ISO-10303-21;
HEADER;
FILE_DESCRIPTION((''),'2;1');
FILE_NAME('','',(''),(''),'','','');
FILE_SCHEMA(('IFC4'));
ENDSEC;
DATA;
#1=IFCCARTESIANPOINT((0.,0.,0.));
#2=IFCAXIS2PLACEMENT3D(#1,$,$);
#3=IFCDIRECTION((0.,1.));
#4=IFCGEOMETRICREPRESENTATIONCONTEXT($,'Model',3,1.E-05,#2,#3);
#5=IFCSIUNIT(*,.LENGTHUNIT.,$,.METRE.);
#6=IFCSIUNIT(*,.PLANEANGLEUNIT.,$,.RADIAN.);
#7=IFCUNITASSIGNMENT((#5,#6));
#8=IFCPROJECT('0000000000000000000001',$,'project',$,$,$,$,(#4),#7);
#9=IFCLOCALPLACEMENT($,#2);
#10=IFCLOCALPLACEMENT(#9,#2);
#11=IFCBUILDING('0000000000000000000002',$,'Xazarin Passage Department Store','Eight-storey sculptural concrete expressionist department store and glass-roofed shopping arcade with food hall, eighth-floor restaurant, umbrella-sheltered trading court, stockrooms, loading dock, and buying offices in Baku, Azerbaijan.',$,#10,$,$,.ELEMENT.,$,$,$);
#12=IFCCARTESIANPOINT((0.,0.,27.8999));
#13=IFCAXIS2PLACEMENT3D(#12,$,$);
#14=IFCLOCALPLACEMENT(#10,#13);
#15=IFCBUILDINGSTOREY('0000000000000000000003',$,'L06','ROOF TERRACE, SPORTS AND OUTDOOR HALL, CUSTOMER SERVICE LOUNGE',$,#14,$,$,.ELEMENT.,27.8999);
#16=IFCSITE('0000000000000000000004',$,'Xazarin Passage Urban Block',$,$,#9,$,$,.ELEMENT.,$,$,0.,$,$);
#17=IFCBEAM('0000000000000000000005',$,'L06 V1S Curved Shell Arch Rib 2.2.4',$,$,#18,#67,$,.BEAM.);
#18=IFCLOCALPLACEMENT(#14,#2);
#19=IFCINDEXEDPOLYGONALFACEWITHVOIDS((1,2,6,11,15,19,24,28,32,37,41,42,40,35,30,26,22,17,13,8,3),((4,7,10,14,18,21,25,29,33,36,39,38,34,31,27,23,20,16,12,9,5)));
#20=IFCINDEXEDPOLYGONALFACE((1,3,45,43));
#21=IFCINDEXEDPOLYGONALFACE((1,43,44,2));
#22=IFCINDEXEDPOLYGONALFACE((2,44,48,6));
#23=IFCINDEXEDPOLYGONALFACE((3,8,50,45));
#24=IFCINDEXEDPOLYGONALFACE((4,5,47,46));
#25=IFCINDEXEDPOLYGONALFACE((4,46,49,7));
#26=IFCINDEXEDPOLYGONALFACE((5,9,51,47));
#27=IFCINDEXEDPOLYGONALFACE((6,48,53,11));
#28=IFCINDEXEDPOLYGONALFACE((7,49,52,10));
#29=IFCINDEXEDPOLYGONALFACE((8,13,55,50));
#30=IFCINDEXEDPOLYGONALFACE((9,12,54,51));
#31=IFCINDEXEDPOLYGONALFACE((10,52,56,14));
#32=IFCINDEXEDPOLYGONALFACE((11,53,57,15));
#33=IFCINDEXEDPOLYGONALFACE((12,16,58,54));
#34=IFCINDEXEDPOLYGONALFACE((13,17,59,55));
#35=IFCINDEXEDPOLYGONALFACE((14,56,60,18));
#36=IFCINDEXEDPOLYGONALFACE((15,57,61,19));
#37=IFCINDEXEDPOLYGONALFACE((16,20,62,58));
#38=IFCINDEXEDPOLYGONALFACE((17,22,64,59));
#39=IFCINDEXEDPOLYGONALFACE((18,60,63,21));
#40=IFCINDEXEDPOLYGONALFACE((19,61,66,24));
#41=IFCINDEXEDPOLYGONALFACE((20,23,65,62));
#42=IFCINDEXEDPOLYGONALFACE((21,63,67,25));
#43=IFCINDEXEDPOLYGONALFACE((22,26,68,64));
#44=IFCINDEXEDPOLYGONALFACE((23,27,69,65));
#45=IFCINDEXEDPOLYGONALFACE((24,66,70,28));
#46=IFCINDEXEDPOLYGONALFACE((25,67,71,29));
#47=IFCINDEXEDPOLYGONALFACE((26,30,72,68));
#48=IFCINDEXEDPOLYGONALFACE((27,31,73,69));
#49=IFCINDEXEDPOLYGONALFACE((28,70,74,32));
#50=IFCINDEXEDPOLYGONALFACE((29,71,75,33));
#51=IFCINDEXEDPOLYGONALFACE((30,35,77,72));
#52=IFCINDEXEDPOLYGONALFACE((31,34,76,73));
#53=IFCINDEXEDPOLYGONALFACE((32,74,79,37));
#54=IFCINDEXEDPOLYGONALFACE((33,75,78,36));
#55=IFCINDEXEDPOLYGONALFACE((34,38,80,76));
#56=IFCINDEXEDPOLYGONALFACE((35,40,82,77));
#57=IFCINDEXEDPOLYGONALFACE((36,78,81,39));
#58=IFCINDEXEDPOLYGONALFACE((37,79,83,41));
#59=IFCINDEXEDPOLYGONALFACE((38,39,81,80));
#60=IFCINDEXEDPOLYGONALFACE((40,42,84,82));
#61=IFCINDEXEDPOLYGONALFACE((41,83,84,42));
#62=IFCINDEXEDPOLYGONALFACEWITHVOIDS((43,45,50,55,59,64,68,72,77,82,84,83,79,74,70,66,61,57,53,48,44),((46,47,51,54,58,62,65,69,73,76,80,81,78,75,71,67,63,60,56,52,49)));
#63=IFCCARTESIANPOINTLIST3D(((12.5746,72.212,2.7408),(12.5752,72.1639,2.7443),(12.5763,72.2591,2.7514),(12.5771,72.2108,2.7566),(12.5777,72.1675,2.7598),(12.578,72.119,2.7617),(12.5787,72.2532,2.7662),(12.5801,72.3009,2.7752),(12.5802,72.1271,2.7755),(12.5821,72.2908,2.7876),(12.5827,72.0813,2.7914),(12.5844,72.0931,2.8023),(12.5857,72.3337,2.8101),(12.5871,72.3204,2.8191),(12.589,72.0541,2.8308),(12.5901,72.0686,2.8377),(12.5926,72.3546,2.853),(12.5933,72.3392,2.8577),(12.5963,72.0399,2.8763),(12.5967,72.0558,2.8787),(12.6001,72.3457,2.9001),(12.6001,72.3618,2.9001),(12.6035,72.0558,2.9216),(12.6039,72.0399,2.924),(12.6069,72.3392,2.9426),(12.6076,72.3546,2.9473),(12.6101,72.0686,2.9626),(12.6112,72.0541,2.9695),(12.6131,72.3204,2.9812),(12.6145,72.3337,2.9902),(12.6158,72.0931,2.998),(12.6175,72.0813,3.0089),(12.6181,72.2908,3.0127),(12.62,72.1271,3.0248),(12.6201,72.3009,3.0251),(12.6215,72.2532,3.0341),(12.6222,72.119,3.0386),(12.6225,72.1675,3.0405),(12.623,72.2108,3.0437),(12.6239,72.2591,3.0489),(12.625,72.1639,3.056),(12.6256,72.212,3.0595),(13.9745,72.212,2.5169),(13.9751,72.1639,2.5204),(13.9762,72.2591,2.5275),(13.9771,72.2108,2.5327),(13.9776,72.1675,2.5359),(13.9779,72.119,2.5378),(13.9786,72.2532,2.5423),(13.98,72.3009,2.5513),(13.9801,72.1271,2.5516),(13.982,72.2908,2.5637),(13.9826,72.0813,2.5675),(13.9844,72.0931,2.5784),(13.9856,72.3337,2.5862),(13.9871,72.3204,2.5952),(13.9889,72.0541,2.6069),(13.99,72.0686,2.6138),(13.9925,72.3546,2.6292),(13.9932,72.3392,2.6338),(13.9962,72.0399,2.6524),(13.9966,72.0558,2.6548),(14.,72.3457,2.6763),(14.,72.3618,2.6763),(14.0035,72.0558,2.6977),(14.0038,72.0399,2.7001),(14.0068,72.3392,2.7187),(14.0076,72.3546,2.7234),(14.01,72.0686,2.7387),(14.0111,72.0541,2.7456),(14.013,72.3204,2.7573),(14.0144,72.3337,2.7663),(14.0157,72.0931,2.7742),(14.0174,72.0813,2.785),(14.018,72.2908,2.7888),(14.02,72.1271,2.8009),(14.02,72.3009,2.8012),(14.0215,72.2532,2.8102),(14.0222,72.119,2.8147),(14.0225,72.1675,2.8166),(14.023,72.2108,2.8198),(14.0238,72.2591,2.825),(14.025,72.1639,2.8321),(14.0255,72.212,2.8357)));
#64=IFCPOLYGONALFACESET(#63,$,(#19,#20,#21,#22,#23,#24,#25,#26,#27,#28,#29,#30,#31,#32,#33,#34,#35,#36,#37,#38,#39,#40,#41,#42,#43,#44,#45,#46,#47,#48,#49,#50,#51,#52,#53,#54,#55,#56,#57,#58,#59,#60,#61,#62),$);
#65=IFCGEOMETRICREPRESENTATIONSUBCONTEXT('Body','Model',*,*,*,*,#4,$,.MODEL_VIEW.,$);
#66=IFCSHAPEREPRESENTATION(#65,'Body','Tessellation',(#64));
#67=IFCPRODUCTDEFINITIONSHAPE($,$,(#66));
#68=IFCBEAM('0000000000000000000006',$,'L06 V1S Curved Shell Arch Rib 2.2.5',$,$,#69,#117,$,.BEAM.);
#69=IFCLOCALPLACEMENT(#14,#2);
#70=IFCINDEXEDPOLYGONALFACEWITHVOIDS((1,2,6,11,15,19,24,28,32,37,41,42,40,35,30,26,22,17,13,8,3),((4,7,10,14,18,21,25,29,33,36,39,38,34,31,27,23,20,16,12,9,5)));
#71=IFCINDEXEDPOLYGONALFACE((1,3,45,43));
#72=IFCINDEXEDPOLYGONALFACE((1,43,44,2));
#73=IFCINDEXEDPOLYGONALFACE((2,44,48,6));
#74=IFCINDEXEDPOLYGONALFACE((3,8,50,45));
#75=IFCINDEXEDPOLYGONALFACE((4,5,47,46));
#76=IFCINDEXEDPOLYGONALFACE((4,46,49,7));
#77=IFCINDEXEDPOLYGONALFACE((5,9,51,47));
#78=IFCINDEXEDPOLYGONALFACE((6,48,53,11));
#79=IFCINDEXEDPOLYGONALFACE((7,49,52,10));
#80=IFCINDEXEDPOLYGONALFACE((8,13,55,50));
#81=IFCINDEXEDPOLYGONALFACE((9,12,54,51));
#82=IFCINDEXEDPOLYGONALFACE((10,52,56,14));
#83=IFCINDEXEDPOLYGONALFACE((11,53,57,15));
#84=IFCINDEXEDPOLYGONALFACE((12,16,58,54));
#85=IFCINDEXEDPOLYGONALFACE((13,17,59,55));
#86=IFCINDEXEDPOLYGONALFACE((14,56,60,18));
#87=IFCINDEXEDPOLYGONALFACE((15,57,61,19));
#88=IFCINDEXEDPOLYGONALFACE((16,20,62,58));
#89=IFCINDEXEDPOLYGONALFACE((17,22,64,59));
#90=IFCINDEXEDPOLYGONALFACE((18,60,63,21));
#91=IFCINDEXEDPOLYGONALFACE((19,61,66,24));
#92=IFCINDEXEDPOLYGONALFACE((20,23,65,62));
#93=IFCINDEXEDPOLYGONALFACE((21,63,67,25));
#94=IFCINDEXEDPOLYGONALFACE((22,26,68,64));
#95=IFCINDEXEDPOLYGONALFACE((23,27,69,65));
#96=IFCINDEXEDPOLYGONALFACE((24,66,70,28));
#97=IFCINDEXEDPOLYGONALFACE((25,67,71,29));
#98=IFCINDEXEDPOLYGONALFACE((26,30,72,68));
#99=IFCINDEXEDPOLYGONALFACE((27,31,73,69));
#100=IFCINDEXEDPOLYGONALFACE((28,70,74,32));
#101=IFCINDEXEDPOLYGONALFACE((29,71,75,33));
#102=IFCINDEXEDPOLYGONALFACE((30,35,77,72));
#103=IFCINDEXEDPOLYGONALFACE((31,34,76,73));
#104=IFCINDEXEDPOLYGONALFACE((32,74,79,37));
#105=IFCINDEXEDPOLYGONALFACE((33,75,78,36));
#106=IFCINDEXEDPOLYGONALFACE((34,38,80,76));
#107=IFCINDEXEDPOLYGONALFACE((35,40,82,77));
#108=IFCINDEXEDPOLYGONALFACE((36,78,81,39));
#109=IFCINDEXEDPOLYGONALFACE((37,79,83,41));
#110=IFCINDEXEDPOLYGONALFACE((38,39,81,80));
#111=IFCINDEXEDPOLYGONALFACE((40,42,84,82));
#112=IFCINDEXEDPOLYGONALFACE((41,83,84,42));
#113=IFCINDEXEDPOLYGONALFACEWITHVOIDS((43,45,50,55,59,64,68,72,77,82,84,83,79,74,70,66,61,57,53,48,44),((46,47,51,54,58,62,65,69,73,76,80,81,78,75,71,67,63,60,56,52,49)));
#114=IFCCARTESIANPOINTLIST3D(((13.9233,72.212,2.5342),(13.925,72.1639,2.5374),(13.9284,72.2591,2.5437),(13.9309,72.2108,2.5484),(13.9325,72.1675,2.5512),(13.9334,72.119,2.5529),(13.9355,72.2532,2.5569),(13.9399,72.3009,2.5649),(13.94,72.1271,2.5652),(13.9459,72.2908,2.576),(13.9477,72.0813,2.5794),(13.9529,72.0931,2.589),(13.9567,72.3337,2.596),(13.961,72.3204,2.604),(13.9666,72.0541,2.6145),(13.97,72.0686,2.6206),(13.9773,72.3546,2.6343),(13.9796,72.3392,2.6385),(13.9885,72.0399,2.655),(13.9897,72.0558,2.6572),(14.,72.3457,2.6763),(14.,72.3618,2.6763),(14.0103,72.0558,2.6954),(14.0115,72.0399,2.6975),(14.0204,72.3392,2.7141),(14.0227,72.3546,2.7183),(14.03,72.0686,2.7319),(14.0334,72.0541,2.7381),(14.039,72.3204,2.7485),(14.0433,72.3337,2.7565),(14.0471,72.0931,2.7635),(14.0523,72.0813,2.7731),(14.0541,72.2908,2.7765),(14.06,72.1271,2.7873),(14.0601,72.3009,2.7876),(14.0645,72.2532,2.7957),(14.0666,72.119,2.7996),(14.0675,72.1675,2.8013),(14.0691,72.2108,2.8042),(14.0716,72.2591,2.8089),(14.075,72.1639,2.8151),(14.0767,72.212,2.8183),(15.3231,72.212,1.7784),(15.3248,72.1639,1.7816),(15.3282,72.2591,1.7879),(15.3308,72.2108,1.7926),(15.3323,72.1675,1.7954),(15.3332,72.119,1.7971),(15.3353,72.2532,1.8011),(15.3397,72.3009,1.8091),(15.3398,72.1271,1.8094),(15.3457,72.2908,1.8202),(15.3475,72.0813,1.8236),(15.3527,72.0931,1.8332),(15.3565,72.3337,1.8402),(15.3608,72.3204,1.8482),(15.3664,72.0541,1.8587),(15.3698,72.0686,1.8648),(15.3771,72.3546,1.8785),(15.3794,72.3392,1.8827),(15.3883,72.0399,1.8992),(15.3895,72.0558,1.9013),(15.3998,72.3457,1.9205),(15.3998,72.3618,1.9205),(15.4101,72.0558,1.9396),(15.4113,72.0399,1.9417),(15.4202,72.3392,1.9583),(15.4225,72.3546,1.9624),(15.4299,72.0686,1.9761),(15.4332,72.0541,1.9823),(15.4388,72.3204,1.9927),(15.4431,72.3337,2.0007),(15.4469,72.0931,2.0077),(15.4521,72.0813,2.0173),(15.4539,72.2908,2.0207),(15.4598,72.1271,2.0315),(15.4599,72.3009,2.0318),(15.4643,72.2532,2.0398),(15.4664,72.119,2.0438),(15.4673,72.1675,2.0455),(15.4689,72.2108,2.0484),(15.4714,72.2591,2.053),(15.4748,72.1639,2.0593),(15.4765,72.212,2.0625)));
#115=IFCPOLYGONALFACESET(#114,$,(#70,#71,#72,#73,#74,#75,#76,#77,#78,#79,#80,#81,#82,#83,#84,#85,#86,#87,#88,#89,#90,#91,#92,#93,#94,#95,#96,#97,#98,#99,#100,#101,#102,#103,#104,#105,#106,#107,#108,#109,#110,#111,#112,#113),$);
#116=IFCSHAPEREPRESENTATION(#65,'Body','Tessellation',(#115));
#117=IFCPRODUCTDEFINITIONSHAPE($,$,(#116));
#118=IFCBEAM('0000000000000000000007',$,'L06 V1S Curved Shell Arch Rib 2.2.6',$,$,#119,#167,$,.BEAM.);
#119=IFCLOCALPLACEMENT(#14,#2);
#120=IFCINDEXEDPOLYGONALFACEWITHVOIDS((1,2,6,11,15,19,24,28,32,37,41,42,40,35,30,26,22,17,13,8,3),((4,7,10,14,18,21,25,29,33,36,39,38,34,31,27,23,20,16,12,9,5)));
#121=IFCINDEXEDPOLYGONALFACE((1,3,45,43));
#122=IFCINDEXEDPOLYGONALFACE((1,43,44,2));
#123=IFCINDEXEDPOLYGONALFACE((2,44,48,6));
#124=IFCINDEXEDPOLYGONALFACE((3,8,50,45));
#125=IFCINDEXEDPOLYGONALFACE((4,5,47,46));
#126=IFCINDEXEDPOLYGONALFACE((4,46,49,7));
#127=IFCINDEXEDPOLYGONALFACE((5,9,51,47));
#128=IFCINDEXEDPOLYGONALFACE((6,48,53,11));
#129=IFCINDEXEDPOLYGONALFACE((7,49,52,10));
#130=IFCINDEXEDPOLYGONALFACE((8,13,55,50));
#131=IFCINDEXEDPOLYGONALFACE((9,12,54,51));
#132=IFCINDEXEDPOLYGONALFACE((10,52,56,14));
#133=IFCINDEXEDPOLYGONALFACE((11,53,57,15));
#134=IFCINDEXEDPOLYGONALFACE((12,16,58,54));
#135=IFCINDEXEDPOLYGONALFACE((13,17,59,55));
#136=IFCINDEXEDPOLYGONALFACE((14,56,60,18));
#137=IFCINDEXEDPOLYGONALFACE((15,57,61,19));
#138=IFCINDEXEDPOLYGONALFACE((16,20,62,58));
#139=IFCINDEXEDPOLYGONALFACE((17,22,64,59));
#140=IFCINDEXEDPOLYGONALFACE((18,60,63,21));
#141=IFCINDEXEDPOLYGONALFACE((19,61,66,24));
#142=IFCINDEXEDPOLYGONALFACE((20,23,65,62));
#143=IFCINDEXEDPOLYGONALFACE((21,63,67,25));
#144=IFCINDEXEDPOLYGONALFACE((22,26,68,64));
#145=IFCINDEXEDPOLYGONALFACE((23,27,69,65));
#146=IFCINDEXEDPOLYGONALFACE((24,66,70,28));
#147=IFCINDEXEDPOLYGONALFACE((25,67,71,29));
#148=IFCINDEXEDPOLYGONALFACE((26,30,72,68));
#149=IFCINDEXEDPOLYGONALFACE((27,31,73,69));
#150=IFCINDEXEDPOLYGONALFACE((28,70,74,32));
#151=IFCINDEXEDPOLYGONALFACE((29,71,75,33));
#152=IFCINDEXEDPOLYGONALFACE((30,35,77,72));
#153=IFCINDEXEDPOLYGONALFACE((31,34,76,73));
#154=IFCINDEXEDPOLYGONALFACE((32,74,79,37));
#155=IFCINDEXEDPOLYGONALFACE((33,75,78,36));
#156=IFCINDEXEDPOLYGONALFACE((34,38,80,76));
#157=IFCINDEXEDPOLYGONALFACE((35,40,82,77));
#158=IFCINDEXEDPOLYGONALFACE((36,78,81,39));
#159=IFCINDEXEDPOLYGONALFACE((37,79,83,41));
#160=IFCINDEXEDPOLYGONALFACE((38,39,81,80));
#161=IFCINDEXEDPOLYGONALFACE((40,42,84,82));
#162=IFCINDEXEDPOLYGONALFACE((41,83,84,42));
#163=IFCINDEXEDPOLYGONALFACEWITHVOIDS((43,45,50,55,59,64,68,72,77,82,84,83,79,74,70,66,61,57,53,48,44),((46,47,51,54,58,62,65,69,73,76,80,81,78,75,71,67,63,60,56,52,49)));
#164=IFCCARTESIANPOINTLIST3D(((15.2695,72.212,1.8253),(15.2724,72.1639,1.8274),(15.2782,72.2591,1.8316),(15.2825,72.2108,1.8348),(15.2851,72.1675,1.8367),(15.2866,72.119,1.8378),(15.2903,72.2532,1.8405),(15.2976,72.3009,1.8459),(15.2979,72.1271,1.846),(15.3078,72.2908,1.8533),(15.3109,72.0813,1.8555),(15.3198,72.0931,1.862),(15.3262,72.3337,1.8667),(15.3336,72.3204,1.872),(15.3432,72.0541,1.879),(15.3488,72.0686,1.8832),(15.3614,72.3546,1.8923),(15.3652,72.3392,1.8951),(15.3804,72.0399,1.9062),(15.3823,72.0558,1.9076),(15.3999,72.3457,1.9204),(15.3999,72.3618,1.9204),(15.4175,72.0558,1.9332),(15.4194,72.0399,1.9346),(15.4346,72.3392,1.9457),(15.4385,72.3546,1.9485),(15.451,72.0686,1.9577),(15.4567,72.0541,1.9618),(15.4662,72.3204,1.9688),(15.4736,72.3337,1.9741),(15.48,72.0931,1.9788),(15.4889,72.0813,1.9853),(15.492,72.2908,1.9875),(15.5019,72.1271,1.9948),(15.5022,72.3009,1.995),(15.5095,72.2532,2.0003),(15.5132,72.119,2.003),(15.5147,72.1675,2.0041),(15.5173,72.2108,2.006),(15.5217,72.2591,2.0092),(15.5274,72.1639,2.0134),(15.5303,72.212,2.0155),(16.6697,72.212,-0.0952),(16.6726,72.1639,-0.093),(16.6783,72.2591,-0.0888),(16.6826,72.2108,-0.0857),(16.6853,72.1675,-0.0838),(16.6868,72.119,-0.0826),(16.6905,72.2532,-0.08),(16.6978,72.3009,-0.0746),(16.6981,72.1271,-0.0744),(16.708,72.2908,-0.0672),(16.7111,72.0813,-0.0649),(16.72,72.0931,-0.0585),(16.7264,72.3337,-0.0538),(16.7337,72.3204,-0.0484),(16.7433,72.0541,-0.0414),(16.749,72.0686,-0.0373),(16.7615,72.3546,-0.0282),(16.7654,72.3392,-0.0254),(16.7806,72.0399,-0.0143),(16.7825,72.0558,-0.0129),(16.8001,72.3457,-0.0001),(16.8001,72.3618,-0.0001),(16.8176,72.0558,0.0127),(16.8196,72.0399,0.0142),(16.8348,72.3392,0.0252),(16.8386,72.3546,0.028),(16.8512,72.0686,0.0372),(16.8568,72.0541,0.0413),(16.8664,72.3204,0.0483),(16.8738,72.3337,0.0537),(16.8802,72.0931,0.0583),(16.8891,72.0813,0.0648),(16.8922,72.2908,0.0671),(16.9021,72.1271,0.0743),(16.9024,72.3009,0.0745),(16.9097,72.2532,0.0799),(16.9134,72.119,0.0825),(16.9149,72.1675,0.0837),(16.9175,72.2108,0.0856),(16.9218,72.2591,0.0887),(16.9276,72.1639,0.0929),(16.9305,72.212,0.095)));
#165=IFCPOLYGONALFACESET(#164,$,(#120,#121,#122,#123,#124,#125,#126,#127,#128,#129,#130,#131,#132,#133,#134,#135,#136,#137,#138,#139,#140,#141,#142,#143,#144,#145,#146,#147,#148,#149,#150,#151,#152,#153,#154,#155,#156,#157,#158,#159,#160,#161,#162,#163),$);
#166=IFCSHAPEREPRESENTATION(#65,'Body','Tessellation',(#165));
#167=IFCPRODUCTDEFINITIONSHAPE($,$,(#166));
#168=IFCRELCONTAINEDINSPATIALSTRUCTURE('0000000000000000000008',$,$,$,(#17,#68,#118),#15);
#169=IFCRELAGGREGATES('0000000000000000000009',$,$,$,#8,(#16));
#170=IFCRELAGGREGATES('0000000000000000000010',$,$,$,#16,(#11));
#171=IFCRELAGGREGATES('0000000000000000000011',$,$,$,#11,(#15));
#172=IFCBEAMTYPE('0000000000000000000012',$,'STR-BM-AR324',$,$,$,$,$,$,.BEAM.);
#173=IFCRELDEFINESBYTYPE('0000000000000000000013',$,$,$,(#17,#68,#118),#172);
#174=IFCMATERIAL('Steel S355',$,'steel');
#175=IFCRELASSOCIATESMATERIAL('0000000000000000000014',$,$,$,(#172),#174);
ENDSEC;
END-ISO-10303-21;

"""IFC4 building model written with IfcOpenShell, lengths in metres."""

from ifc_helpers import new_model, si_unit, direction, frame, origin, origin_2d, place, context, subcontext, project, spatial, hollow_circle, extrude, material, material_profile, profile_set, type_object, element, save


model = new_model("IFC4")

# Units and contexts
model_context = context("Model", 3, precision=1e-05, world=origin(), true_north=direction((0.0, 1.0)))
body_context = subcontext(model_context, "Body", "Model", "MODEL_VIEW")
ifc_project = project(units=[si_unit("LENGTHUNIT", "METRE"), si_unit("PLANEANGLEUNIT", "RADIAN")], contexts=[model_context])

# Site, building, storey
site_placement = place(None, origin())
site = spatial("IfcSite", under=ifc_project, at=site_placement, Name="Xazarin Passage Urban Block", CompositionType="ELEMENT", RefElevation=0.0)
building_placement = place(site_placement, origin())
building = spatial("IfcBuilding", under=site, at=building_placement, Name="Xazarin Passage Department Store", Description="Eight-storey sculptural concrete expressionist department store and glass-roofed shopping arcade with food hall, eighth-floor restaurant, umbrella-sheltered trading court, stockrooms, loading dock, and buying offices in Baku, Azerbaijan.", CompositionType="ELEMENT")
storey_placement = place(building_placement, frame((0.0, 0.0, 27.8999)))
storey = spatial("IfcBuildingStorey", under=building, at=storey_placement, Name="L06", Description="ROOF TERRACE, SPORTS AND OUTDOOR HALL, CUSTOMER SERVICE LOUNGE", CompositionType="ELEMENT", Elevation=27.8999)

# Beams
ifc_material_1 = material(Name="Steel S355", Category="steel")
ifc_material_profile_1 = material_profile(ifc_material_1, hollow_circle(Radius=0.1619, WallThickness=0.0161, at=origin_2d()), Name="CHS 323.9x16")
ifc_profile_set_1 = profile_set([ifc_material_profile_1], Name="Steel S355")
beam_type_1 = type_object("IfcBeamType", Name="STR-BM-AR324", PredefinedType="BEAM", material=ifc_profile_set_1)
beam_1_placement = place(storey_placement, frame((12.6001, 72.2, 2.9001), z_axis=(0.987452, 0.0, -0.157917), x_axis=(0.0, 1.0, 0.0)))
element("IfcBeam", 1, at=beam_1_placement, inside=storey, type_object=beam_type_1, Name="L06 V1S Curved Shell Arch Rib 2.2.4", PredefinedType="BEAM", context=body_context, shape_type="SweptSolid", body=[
    extrude(hollow_circle(Radius=0.1619, WallThickness=0.0161, at=origin_2d()), origin(), (0.0, 0.0, 1.0), 1.4177),
])
beam_2_placement = place(storey_placement, frame((14.0, 72.2, 2.6763), z_axis=(0.879928, 0.0, -0.475106), x_axis=(0.0, 1.0, 0.0)))
element("IfcBeam", 2, at=beam_2_placement, inside=storey, type_object=beam_type_1, Name="L06 V1S Curved Shell Arch Rib 2.2.5", PredefinedType="BEAM", context=body_context, shape_type="SweptSolid", body=[
    extrude(hollow_circle(Radius=0.1619, WallThickness=0.0161, at=origin_2d()), origin(), (0.0, 0.0, 1.0), 1.5908),
])
beam_3_placement = place(storey_placement, frame((15.3999, 72.2, 1.9204), z_axis=(0.58913, 0.0, -0.808038), x_axis=(0.0, 1.0, 0.0)))
element("IfcBeam", 3, at=beam_3_placement, inside=storey, type_object=beam_type_1, Name="L06 V1S Curved Shell Arch Rib 2.2.6", PredefinedType="BEAM", context=body_context, shape_type="SweptSolid", body=[
    extrude(hollow_circle(Radius=0.1619, WallThickness=0.0161, at=origin_2d()), origin(), (0.0, 0.0, 1.0), 2.3767),
])

save(model, "model.ifc")
